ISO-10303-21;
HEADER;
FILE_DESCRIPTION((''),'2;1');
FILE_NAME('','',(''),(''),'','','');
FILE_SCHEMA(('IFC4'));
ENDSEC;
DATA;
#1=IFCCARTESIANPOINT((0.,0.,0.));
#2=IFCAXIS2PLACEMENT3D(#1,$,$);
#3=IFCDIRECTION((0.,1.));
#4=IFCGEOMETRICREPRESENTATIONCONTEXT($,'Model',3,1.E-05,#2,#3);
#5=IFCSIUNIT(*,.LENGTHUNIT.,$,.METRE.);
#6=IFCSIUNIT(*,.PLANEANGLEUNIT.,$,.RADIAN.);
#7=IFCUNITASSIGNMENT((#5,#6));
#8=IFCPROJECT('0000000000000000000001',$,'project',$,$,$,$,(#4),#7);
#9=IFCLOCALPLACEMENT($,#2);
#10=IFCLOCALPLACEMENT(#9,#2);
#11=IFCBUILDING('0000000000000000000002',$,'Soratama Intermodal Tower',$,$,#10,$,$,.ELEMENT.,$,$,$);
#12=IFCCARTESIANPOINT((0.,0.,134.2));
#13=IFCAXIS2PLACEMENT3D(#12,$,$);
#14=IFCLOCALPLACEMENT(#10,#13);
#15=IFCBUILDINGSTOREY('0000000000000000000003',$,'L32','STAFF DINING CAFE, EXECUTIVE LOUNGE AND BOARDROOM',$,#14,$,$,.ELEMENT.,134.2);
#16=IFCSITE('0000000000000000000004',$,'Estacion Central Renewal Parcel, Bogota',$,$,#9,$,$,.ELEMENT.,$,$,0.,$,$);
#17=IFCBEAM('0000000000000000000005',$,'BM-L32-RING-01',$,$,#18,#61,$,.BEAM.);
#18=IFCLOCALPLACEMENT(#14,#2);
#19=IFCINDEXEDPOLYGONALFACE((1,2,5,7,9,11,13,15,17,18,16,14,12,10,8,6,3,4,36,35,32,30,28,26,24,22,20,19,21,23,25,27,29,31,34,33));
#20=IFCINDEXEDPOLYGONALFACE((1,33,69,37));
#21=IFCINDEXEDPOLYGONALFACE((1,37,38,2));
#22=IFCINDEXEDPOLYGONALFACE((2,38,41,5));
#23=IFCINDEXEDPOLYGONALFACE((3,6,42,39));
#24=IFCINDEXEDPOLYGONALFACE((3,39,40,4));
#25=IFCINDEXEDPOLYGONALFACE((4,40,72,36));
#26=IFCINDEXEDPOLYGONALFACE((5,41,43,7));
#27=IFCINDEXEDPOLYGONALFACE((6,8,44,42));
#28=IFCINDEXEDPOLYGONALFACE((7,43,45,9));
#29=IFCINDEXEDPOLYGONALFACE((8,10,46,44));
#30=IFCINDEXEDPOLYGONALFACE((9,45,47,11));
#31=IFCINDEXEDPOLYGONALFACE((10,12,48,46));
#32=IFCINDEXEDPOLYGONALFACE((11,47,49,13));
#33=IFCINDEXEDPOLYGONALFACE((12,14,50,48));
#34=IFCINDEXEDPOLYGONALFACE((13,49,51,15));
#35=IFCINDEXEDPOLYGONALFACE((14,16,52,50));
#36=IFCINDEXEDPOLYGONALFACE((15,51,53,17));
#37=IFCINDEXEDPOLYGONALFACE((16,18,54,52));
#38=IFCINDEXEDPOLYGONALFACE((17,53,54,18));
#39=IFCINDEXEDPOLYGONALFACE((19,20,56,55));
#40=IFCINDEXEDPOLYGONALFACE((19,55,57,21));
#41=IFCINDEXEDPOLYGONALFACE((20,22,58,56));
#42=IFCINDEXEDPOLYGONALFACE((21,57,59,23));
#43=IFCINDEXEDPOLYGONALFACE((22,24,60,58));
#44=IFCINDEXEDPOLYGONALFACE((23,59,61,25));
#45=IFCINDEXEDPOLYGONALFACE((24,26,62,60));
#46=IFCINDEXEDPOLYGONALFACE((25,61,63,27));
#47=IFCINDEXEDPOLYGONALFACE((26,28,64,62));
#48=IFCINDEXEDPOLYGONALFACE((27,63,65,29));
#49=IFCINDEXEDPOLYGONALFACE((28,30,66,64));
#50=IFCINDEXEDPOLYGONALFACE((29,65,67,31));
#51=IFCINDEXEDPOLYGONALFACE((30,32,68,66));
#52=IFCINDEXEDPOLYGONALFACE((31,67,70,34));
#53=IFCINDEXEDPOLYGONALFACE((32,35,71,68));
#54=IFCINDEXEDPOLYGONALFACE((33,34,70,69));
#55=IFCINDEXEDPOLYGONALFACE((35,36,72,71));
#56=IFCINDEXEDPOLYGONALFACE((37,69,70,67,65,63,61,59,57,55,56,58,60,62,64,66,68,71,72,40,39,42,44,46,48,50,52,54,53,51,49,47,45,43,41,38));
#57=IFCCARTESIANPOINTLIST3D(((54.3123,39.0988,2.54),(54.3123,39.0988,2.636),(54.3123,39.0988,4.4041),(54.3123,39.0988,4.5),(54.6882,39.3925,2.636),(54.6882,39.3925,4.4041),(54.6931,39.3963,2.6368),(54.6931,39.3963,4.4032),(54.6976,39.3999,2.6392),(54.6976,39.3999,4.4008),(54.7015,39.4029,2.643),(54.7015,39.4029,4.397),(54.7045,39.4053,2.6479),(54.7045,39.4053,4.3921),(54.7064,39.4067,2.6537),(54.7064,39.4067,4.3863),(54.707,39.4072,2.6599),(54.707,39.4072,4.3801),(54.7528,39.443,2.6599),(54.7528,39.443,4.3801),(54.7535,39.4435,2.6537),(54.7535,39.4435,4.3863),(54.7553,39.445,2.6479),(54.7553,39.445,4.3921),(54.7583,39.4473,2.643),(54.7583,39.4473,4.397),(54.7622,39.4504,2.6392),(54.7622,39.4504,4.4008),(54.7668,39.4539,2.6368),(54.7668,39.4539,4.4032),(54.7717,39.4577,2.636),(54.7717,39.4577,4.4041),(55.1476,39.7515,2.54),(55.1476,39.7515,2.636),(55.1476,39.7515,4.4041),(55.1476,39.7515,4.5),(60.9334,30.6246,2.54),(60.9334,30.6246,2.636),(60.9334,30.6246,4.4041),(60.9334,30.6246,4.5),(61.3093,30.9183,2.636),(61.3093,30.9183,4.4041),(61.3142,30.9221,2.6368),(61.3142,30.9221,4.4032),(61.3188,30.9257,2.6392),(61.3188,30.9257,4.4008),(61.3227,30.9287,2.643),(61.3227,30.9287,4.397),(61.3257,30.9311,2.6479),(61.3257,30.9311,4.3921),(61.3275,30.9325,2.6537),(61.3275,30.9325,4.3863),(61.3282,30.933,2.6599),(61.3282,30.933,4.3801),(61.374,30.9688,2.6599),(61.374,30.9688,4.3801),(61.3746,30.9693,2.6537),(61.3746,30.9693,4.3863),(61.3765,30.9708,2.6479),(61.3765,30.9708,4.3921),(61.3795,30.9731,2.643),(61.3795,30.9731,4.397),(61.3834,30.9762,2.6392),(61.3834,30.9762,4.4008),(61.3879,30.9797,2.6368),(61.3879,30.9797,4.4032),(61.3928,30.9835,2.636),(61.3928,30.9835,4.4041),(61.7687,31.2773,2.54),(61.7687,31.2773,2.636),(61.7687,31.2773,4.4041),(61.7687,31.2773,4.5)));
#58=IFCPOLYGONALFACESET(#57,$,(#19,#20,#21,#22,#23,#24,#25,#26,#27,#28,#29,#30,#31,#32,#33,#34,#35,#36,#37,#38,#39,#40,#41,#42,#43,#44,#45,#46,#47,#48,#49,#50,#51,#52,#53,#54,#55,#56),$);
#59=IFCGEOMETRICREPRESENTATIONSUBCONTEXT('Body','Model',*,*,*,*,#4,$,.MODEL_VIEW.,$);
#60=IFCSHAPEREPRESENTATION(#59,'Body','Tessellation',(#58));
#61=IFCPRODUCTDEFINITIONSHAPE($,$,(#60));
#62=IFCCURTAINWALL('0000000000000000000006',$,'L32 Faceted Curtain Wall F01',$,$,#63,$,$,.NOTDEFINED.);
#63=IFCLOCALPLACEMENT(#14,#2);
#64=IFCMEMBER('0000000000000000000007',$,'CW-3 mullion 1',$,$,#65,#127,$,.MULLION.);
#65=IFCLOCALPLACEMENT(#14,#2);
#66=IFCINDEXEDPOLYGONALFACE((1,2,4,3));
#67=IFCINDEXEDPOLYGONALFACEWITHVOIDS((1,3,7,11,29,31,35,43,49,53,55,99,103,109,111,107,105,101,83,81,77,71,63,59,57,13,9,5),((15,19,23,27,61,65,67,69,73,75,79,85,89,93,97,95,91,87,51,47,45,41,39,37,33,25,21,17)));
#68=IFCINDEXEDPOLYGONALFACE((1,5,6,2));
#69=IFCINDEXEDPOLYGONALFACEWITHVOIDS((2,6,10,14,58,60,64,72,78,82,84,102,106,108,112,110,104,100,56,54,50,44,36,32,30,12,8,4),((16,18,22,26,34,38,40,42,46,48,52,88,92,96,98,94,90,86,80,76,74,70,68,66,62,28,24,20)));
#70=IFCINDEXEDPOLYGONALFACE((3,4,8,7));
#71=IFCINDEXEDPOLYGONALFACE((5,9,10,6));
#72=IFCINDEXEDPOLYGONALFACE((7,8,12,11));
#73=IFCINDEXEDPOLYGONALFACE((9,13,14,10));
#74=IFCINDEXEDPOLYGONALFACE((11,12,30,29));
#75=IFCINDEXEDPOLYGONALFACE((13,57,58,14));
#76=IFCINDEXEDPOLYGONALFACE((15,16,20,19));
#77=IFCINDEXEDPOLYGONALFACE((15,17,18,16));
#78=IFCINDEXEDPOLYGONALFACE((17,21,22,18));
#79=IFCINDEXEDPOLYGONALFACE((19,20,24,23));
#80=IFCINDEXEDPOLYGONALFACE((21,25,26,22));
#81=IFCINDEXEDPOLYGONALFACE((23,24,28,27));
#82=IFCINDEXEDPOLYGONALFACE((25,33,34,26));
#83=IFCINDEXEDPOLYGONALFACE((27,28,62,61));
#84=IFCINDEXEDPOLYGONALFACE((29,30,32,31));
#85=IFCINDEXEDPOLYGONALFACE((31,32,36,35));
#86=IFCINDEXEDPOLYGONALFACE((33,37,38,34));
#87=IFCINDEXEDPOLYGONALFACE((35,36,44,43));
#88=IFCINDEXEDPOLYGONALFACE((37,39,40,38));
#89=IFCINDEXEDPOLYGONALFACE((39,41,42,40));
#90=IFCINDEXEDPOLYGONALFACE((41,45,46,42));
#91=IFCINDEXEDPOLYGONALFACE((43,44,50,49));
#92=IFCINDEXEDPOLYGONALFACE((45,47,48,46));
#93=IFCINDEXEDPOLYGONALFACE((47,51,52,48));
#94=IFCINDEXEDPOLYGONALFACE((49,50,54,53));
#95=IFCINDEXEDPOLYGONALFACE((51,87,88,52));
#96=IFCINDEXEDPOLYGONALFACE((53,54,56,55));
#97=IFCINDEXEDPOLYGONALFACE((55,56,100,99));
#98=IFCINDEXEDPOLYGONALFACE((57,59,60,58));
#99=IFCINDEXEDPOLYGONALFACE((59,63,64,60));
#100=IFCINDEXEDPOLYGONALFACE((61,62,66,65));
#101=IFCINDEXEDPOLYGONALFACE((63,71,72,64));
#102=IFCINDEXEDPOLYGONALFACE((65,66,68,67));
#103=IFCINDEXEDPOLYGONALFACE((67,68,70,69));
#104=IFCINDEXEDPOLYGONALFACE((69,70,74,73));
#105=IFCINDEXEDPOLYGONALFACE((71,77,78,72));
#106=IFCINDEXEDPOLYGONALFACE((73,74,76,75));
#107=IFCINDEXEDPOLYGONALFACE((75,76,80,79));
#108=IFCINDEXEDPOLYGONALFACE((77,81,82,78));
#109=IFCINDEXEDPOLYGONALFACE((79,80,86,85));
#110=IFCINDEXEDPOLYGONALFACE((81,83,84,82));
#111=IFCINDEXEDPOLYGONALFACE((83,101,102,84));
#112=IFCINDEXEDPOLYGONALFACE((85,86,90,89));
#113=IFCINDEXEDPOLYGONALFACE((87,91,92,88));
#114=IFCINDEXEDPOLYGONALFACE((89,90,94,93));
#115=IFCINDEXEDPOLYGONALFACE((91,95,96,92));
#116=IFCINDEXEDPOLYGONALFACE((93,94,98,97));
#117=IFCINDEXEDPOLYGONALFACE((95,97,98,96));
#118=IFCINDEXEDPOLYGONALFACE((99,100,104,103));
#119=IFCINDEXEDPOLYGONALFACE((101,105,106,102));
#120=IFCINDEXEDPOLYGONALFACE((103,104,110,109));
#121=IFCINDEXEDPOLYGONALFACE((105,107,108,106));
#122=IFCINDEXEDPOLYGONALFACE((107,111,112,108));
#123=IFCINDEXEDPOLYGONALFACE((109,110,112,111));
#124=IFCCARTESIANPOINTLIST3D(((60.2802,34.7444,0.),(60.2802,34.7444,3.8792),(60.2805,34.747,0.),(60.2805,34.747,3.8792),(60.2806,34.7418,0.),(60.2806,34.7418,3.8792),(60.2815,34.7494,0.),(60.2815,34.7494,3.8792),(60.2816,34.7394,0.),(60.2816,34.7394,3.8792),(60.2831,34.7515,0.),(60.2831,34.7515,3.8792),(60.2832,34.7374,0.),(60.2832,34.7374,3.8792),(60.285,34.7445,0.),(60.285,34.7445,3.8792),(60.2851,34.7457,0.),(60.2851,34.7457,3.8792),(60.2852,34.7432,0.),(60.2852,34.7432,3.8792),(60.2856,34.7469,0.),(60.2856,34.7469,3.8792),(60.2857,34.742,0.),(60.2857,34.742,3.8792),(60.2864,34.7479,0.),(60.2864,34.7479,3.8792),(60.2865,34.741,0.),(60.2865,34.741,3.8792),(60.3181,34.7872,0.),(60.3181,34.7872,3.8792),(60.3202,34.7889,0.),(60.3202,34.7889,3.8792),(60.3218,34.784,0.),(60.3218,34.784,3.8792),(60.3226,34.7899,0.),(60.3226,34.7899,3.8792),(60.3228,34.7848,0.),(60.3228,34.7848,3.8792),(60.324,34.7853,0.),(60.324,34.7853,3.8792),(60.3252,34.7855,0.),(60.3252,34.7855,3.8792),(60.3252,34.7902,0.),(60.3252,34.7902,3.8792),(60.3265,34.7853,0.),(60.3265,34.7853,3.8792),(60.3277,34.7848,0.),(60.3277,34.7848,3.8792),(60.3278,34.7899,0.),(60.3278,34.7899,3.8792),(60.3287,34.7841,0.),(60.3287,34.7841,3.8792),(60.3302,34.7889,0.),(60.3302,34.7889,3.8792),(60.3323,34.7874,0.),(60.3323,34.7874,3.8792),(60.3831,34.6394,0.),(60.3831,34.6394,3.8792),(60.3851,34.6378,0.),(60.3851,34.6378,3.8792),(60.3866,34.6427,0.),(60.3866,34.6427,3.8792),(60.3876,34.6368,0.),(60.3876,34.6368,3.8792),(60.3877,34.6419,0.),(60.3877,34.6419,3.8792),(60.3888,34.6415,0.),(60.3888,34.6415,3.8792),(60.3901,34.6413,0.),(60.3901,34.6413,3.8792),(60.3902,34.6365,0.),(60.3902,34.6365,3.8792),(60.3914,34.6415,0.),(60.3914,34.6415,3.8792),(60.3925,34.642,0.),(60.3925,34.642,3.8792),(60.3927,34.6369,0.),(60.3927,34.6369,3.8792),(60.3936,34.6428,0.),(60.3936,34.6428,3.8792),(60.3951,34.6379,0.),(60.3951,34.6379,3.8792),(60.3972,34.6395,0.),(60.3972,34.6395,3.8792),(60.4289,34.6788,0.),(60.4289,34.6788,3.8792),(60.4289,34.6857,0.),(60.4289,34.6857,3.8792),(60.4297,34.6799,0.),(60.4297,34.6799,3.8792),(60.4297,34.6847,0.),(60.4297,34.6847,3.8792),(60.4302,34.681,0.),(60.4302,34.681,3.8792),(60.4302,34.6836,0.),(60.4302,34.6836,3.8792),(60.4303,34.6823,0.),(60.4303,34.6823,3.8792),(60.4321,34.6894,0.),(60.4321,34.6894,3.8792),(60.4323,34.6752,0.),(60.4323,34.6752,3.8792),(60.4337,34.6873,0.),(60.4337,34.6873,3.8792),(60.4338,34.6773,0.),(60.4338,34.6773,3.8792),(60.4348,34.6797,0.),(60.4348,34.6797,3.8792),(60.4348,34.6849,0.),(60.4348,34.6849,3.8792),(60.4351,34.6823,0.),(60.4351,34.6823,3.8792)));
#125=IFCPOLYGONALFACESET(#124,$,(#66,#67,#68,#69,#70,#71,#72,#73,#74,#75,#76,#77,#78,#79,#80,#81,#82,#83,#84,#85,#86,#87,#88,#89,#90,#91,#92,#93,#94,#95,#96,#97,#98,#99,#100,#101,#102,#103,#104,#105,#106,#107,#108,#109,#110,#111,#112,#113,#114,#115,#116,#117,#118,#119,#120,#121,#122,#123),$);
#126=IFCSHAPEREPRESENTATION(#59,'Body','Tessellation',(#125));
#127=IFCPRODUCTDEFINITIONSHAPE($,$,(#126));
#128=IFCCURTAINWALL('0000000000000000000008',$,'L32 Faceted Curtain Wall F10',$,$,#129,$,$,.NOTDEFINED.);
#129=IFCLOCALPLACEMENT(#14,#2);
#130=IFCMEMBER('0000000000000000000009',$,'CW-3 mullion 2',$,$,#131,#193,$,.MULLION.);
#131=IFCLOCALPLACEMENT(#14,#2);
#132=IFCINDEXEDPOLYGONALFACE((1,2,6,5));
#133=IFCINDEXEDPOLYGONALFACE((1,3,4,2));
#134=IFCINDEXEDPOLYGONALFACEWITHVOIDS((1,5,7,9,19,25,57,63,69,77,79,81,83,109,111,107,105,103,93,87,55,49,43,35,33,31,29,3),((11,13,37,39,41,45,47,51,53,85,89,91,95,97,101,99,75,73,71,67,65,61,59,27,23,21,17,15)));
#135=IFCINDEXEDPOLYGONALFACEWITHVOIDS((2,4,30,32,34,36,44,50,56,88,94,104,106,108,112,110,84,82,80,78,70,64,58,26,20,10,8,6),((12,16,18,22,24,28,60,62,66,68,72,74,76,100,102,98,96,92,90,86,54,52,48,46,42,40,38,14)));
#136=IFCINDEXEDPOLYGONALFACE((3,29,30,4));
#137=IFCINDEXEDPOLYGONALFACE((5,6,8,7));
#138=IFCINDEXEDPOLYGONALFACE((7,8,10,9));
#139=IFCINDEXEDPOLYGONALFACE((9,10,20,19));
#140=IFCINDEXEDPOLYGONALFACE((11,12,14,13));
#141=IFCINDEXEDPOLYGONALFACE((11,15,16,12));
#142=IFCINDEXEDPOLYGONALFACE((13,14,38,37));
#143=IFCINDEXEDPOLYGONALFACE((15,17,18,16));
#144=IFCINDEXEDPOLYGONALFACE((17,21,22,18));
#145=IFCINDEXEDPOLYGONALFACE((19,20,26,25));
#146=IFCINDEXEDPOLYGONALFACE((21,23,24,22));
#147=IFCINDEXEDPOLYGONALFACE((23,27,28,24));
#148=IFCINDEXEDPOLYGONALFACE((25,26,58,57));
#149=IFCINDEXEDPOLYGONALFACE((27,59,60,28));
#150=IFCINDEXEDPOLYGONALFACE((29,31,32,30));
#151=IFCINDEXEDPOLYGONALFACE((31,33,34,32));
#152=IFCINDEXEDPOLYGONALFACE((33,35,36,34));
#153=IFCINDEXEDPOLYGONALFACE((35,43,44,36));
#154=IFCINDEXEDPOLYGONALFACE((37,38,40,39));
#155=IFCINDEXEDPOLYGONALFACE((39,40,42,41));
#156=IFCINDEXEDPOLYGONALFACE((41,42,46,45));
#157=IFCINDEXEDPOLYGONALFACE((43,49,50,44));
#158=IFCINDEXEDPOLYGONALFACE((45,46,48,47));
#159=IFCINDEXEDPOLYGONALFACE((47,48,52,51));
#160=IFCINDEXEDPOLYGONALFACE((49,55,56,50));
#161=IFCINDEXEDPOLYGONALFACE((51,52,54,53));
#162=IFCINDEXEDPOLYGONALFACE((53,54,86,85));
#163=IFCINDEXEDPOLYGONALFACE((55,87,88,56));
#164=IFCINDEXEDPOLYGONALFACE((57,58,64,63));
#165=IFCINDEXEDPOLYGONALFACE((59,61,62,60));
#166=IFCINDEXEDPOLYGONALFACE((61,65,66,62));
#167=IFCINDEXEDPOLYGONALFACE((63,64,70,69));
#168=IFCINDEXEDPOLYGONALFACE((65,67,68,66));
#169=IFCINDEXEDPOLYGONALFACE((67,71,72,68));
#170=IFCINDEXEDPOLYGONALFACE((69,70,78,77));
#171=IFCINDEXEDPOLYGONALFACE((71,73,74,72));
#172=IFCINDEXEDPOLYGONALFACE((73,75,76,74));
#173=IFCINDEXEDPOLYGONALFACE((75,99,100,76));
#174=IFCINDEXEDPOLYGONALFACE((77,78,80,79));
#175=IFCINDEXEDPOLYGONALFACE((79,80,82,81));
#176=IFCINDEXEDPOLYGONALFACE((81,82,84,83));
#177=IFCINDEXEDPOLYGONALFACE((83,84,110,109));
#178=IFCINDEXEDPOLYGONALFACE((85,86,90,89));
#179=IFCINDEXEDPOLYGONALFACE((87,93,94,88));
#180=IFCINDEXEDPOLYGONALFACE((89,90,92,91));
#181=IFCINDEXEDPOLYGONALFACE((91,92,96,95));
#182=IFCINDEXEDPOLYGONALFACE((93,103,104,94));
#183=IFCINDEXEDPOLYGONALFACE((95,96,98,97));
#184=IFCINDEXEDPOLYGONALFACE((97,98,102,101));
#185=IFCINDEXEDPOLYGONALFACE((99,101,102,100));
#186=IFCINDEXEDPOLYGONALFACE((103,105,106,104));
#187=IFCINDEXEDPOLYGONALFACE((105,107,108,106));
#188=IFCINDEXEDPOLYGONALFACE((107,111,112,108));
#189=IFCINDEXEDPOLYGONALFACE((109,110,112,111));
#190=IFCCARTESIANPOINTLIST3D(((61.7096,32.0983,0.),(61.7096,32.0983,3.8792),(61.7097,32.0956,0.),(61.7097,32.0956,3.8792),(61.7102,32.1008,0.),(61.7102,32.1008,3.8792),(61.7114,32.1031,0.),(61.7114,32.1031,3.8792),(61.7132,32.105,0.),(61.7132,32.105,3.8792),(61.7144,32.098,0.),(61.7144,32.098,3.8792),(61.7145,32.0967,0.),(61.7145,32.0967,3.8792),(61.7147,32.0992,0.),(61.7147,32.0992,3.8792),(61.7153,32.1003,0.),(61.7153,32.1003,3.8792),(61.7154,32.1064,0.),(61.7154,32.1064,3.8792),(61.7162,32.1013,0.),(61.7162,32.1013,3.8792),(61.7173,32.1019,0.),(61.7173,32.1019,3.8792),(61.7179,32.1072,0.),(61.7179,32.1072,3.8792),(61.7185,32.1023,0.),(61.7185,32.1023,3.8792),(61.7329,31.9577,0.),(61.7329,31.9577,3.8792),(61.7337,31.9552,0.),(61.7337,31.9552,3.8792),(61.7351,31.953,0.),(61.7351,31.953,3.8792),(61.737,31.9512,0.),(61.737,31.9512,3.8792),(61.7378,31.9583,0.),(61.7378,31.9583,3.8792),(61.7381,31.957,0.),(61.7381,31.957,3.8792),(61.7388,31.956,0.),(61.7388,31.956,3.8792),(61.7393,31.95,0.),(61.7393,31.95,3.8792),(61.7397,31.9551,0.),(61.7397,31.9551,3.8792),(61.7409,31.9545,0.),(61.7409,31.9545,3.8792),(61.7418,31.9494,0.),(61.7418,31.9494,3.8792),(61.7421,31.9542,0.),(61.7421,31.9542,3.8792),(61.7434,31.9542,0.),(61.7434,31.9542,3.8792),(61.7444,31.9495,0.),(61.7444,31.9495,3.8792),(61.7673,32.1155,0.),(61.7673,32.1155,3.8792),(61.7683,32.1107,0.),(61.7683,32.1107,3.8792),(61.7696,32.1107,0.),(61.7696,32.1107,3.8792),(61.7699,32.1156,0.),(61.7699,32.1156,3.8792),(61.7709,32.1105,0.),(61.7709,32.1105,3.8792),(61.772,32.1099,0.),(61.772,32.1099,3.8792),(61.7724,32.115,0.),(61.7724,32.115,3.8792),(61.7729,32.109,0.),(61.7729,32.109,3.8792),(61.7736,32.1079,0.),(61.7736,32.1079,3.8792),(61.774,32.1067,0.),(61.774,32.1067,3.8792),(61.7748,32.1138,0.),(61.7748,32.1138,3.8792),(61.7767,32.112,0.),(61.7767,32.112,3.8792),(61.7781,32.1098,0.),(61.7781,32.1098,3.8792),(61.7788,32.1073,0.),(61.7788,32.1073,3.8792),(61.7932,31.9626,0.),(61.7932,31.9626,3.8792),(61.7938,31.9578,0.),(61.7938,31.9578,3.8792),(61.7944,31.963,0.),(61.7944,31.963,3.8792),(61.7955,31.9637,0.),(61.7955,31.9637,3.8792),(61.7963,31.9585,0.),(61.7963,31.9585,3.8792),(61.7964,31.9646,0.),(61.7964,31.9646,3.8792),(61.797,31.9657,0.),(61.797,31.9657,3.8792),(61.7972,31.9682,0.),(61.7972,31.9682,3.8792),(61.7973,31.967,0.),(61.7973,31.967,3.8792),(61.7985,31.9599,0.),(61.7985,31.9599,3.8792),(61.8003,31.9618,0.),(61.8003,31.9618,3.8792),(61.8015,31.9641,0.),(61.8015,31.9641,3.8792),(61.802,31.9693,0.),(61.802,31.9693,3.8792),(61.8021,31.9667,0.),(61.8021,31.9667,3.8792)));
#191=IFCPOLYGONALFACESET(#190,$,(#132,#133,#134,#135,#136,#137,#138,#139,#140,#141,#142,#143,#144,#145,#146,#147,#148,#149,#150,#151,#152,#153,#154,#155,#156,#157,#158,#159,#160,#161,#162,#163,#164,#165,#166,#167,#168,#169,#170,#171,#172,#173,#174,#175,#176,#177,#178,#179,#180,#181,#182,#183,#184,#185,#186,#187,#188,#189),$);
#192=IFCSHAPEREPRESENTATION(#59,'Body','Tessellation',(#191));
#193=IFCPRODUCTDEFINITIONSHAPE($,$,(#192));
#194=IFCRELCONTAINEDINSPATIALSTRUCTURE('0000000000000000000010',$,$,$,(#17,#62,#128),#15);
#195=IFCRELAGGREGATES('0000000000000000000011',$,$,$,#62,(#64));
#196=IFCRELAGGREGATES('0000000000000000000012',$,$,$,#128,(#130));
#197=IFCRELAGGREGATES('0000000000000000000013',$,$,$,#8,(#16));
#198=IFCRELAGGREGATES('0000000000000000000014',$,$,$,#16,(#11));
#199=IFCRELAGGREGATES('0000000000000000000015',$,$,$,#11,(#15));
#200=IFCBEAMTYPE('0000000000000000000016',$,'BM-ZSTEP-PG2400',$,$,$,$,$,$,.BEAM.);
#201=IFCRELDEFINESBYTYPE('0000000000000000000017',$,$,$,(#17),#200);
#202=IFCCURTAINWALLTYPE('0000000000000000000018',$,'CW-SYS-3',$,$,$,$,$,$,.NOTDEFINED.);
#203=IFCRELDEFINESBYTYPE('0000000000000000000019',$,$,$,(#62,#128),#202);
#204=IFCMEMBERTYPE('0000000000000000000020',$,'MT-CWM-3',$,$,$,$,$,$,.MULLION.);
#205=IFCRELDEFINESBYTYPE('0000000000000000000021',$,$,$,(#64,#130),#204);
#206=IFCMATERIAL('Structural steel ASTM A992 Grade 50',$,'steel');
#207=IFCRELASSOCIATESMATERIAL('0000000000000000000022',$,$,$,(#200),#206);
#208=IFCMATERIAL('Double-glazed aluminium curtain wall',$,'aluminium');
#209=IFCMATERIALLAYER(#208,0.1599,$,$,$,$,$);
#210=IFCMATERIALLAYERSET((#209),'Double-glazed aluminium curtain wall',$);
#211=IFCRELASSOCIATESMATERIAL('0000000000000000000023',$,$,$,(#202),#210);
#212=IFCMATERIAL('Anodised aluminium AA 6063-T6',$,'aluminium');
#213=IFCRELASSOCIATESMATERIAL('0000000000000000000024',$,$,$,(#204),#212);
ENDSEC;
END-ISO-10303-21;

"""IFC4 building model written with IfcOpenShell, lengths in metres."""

from ifc_helpers import new_model, si_unit, direction, frame, origin, origin_2d, place, context, subcontext, project, spatial, hollow_rectangle, i_section, extrude, material, layer, layer_set, material_profile, profile_set, type_object, element, aggregate, save


model = new_model("IFC4")

# Units and contexts
model_context = context("Model", 3, precision=1e-05, world=origin(), true_north=direction((0.0, 1.0)))
body_context = subcontext(model_context, "Body", "Model", "MODEL_VIEW")
ifc_project = project(units=[si_unit("LENGTHUNIT", "METRE"), si_unit("PLANEANGLEUNIT", "RADIAN")], contexts=[model_context])

# Site, building, storey
site_placement = place(None, origin())
site = spatial("IfcSite", under=ifc_project, at=site_placement, Name="Estacion Central Renewal Parcel, Bogota", CompositionType="ELEMENT", RefElevation=0.0)
building_placement = place(site_placement, origin())
building = spatial("IfcBuilding", under=site, at=building_placement, Name="Soratama Intermodal Tower", CompositionType="ELEMENT")
storey_placement = place(building_placement, frame((0.0, 0.0, 134.2)))
storey = spatial("IfcBuildingStorey", under=building, at=storey_placement, Name="L32", Description="STAFF DINING CAFE, EXECUTIVE LOUNGE AND BOARDROOM", CompositionType="ELEMENT", Elevation=134.2)

# Beam
ifc_material_1 = material(Name="Structural steel ASTM A992 Grade 50", Category="steel")
ifc_material_profile_1 = material_profile(ifc_material_1, i_section(OverallWidth=1.0601, OverallDepth=1.96, WebThickness=0.0581, FlangeThickness=0.0959, FilletRadius=0.0239, at=origin_2d()), Name="PG2400X900")
ifc_profile_set_1 = profile_set([ifc_material_profile_1], Name="Structural steel ASTM A992 Grade 50")
beam_type_1 = type_object("IfcBeamType", Name="BM-ZSTEP-PG2400", PredefinedType="BEAM", material=ifc_profile_set_1)
beam_1_placement = place(storey_placement, frame((61.3511, 30.9509, 3.52), z_axis=(-0.615684, 0.787993, 0.0), x_axis=(-0.787993, -0.615684, 0.0)))
element("IfcBeam", 1, at=beam_1_placement, inside=storey, type_object=beam_type_1, Name="BM-L32-RING-01", PredefinedType="BEAM", context=body_context, shape_type="SweptSolid", body=[
    extrude(i_section(OverallWidth=1.0601, OverallDepth=1.96, WebThickness=0.0581, FlangeThickness=0.0959, FilletRadius=0.0239, at=origin_2d()), origin(), (0.0, 0.0, 1.0), 10.7542),
])

# Curtain wall, member
ifc_material_2 = material(Name="Double-glazed aluminium curtain wall", Category="aluminium")
ifc_layer_1 = layer(ifc_material_2, 0.1599)
ifc_layer_set_1 = layer_set([ifc_layer_1], Name="Double-glazed aluminium curtain wall")
curtain_wall_type = type_object("IfcCurtainWallType", Name="CW-SYS-3", PredefinedType="NOTDEFINED", material=ifc_layer_set_1)
curtain_wall_1_placement = place(storey_placement, origin())
curtain_wall_1 = element("IfcCurtainWall", 2, at=curtain_wall_1_placement, inside=storey, type_object=curtain_wall_type, Name="L32 Faceted Curtain Wall F01", PredefinedType="NOTDEFINED")
ifc_material_3 = material(Name="Anodised aluminium AA 6063-T6", Category="aluminium")
ifc_material_profile_2 = material_profile(ifc_material_3, hollow_rectangle(XDim=0.0701, YDim=0.1599, WallThickness=0.0049, InnerFilletRadius=0.0049, OuterFilletRadius=0.01, at=origin_2d()), Name="CWM160X70X5")
ifc_profile_set_2 = profile_set([ifc_material_profile_2], Name="Anodised aluminium AA 6063-T6")
member_type_1 = type_object("IfcMemberType", Name="MT-CWM-3", PredefinedType="MULLION", material=ifc_profile_set_2)
member_1_placement = place(storey_placement, frame((60.3577, 34.7134, 0.0), z_axis=(0.0, 0.0, 1.0), x_axis=(-0.700414, -0.713737, 0.0)))
member_1 = element("IfcMember", 3, at=member_1_placement, type_object=member_type_1, Name="CW-3 mullion 1", PredefinedType="MULLION", context=body_context, shape_type="SweptSolid", body=[
    extrude(hollow_rectangle(XDim=0.0701, YDim=0.1599, WallThickness=0.0049, InnerFilletRadius=0.0049, OuterFilletRadius=0.01, at=origin_2d()), origin(), (0.0, 0.0, 1.0), 3.8792),
])
aggregate(curtain_wall_1, [member_1])

# Curtain wall, member
curtain_wall_2_placement = place(storey_placement, origin())
curtain_wall_2 = element("IfcCurtainWall", 4, at=curtain_wall_2_placement, inside=storey, type_object=curtain_wall_type, Name="L32 Faceted Curtain Wall F10", PredefinedType="NOTDEFINED")
member_2_placement = place(storey_placement, frame((61.7559, 32.0325, 0.0), z_axis=(0.0, 0.0, 1.0), x_axis=(-0.986171, -0.165731, 0.0)))
member_2 = element("IfcMember", 5, at=member_2_placement, type_object=member_type_1, Name="CW-3 mullion 2", PredefinedType="MULLION", context=body_context, shape_type="SweptSolid", body=[
    extrude(hollow_rectangle(XDim=0.0701, YDim=0.1599, WallThickness=0.0049, InnerFilletRadius=0.0049, OuterFilletRadius=0.01, at=origin_2d()), origin(), (0.0, 0.0, 1.0), 3.8792),
])
aggregate(curtain_wall_2, [member_2])

save(model, "model.ifc")
